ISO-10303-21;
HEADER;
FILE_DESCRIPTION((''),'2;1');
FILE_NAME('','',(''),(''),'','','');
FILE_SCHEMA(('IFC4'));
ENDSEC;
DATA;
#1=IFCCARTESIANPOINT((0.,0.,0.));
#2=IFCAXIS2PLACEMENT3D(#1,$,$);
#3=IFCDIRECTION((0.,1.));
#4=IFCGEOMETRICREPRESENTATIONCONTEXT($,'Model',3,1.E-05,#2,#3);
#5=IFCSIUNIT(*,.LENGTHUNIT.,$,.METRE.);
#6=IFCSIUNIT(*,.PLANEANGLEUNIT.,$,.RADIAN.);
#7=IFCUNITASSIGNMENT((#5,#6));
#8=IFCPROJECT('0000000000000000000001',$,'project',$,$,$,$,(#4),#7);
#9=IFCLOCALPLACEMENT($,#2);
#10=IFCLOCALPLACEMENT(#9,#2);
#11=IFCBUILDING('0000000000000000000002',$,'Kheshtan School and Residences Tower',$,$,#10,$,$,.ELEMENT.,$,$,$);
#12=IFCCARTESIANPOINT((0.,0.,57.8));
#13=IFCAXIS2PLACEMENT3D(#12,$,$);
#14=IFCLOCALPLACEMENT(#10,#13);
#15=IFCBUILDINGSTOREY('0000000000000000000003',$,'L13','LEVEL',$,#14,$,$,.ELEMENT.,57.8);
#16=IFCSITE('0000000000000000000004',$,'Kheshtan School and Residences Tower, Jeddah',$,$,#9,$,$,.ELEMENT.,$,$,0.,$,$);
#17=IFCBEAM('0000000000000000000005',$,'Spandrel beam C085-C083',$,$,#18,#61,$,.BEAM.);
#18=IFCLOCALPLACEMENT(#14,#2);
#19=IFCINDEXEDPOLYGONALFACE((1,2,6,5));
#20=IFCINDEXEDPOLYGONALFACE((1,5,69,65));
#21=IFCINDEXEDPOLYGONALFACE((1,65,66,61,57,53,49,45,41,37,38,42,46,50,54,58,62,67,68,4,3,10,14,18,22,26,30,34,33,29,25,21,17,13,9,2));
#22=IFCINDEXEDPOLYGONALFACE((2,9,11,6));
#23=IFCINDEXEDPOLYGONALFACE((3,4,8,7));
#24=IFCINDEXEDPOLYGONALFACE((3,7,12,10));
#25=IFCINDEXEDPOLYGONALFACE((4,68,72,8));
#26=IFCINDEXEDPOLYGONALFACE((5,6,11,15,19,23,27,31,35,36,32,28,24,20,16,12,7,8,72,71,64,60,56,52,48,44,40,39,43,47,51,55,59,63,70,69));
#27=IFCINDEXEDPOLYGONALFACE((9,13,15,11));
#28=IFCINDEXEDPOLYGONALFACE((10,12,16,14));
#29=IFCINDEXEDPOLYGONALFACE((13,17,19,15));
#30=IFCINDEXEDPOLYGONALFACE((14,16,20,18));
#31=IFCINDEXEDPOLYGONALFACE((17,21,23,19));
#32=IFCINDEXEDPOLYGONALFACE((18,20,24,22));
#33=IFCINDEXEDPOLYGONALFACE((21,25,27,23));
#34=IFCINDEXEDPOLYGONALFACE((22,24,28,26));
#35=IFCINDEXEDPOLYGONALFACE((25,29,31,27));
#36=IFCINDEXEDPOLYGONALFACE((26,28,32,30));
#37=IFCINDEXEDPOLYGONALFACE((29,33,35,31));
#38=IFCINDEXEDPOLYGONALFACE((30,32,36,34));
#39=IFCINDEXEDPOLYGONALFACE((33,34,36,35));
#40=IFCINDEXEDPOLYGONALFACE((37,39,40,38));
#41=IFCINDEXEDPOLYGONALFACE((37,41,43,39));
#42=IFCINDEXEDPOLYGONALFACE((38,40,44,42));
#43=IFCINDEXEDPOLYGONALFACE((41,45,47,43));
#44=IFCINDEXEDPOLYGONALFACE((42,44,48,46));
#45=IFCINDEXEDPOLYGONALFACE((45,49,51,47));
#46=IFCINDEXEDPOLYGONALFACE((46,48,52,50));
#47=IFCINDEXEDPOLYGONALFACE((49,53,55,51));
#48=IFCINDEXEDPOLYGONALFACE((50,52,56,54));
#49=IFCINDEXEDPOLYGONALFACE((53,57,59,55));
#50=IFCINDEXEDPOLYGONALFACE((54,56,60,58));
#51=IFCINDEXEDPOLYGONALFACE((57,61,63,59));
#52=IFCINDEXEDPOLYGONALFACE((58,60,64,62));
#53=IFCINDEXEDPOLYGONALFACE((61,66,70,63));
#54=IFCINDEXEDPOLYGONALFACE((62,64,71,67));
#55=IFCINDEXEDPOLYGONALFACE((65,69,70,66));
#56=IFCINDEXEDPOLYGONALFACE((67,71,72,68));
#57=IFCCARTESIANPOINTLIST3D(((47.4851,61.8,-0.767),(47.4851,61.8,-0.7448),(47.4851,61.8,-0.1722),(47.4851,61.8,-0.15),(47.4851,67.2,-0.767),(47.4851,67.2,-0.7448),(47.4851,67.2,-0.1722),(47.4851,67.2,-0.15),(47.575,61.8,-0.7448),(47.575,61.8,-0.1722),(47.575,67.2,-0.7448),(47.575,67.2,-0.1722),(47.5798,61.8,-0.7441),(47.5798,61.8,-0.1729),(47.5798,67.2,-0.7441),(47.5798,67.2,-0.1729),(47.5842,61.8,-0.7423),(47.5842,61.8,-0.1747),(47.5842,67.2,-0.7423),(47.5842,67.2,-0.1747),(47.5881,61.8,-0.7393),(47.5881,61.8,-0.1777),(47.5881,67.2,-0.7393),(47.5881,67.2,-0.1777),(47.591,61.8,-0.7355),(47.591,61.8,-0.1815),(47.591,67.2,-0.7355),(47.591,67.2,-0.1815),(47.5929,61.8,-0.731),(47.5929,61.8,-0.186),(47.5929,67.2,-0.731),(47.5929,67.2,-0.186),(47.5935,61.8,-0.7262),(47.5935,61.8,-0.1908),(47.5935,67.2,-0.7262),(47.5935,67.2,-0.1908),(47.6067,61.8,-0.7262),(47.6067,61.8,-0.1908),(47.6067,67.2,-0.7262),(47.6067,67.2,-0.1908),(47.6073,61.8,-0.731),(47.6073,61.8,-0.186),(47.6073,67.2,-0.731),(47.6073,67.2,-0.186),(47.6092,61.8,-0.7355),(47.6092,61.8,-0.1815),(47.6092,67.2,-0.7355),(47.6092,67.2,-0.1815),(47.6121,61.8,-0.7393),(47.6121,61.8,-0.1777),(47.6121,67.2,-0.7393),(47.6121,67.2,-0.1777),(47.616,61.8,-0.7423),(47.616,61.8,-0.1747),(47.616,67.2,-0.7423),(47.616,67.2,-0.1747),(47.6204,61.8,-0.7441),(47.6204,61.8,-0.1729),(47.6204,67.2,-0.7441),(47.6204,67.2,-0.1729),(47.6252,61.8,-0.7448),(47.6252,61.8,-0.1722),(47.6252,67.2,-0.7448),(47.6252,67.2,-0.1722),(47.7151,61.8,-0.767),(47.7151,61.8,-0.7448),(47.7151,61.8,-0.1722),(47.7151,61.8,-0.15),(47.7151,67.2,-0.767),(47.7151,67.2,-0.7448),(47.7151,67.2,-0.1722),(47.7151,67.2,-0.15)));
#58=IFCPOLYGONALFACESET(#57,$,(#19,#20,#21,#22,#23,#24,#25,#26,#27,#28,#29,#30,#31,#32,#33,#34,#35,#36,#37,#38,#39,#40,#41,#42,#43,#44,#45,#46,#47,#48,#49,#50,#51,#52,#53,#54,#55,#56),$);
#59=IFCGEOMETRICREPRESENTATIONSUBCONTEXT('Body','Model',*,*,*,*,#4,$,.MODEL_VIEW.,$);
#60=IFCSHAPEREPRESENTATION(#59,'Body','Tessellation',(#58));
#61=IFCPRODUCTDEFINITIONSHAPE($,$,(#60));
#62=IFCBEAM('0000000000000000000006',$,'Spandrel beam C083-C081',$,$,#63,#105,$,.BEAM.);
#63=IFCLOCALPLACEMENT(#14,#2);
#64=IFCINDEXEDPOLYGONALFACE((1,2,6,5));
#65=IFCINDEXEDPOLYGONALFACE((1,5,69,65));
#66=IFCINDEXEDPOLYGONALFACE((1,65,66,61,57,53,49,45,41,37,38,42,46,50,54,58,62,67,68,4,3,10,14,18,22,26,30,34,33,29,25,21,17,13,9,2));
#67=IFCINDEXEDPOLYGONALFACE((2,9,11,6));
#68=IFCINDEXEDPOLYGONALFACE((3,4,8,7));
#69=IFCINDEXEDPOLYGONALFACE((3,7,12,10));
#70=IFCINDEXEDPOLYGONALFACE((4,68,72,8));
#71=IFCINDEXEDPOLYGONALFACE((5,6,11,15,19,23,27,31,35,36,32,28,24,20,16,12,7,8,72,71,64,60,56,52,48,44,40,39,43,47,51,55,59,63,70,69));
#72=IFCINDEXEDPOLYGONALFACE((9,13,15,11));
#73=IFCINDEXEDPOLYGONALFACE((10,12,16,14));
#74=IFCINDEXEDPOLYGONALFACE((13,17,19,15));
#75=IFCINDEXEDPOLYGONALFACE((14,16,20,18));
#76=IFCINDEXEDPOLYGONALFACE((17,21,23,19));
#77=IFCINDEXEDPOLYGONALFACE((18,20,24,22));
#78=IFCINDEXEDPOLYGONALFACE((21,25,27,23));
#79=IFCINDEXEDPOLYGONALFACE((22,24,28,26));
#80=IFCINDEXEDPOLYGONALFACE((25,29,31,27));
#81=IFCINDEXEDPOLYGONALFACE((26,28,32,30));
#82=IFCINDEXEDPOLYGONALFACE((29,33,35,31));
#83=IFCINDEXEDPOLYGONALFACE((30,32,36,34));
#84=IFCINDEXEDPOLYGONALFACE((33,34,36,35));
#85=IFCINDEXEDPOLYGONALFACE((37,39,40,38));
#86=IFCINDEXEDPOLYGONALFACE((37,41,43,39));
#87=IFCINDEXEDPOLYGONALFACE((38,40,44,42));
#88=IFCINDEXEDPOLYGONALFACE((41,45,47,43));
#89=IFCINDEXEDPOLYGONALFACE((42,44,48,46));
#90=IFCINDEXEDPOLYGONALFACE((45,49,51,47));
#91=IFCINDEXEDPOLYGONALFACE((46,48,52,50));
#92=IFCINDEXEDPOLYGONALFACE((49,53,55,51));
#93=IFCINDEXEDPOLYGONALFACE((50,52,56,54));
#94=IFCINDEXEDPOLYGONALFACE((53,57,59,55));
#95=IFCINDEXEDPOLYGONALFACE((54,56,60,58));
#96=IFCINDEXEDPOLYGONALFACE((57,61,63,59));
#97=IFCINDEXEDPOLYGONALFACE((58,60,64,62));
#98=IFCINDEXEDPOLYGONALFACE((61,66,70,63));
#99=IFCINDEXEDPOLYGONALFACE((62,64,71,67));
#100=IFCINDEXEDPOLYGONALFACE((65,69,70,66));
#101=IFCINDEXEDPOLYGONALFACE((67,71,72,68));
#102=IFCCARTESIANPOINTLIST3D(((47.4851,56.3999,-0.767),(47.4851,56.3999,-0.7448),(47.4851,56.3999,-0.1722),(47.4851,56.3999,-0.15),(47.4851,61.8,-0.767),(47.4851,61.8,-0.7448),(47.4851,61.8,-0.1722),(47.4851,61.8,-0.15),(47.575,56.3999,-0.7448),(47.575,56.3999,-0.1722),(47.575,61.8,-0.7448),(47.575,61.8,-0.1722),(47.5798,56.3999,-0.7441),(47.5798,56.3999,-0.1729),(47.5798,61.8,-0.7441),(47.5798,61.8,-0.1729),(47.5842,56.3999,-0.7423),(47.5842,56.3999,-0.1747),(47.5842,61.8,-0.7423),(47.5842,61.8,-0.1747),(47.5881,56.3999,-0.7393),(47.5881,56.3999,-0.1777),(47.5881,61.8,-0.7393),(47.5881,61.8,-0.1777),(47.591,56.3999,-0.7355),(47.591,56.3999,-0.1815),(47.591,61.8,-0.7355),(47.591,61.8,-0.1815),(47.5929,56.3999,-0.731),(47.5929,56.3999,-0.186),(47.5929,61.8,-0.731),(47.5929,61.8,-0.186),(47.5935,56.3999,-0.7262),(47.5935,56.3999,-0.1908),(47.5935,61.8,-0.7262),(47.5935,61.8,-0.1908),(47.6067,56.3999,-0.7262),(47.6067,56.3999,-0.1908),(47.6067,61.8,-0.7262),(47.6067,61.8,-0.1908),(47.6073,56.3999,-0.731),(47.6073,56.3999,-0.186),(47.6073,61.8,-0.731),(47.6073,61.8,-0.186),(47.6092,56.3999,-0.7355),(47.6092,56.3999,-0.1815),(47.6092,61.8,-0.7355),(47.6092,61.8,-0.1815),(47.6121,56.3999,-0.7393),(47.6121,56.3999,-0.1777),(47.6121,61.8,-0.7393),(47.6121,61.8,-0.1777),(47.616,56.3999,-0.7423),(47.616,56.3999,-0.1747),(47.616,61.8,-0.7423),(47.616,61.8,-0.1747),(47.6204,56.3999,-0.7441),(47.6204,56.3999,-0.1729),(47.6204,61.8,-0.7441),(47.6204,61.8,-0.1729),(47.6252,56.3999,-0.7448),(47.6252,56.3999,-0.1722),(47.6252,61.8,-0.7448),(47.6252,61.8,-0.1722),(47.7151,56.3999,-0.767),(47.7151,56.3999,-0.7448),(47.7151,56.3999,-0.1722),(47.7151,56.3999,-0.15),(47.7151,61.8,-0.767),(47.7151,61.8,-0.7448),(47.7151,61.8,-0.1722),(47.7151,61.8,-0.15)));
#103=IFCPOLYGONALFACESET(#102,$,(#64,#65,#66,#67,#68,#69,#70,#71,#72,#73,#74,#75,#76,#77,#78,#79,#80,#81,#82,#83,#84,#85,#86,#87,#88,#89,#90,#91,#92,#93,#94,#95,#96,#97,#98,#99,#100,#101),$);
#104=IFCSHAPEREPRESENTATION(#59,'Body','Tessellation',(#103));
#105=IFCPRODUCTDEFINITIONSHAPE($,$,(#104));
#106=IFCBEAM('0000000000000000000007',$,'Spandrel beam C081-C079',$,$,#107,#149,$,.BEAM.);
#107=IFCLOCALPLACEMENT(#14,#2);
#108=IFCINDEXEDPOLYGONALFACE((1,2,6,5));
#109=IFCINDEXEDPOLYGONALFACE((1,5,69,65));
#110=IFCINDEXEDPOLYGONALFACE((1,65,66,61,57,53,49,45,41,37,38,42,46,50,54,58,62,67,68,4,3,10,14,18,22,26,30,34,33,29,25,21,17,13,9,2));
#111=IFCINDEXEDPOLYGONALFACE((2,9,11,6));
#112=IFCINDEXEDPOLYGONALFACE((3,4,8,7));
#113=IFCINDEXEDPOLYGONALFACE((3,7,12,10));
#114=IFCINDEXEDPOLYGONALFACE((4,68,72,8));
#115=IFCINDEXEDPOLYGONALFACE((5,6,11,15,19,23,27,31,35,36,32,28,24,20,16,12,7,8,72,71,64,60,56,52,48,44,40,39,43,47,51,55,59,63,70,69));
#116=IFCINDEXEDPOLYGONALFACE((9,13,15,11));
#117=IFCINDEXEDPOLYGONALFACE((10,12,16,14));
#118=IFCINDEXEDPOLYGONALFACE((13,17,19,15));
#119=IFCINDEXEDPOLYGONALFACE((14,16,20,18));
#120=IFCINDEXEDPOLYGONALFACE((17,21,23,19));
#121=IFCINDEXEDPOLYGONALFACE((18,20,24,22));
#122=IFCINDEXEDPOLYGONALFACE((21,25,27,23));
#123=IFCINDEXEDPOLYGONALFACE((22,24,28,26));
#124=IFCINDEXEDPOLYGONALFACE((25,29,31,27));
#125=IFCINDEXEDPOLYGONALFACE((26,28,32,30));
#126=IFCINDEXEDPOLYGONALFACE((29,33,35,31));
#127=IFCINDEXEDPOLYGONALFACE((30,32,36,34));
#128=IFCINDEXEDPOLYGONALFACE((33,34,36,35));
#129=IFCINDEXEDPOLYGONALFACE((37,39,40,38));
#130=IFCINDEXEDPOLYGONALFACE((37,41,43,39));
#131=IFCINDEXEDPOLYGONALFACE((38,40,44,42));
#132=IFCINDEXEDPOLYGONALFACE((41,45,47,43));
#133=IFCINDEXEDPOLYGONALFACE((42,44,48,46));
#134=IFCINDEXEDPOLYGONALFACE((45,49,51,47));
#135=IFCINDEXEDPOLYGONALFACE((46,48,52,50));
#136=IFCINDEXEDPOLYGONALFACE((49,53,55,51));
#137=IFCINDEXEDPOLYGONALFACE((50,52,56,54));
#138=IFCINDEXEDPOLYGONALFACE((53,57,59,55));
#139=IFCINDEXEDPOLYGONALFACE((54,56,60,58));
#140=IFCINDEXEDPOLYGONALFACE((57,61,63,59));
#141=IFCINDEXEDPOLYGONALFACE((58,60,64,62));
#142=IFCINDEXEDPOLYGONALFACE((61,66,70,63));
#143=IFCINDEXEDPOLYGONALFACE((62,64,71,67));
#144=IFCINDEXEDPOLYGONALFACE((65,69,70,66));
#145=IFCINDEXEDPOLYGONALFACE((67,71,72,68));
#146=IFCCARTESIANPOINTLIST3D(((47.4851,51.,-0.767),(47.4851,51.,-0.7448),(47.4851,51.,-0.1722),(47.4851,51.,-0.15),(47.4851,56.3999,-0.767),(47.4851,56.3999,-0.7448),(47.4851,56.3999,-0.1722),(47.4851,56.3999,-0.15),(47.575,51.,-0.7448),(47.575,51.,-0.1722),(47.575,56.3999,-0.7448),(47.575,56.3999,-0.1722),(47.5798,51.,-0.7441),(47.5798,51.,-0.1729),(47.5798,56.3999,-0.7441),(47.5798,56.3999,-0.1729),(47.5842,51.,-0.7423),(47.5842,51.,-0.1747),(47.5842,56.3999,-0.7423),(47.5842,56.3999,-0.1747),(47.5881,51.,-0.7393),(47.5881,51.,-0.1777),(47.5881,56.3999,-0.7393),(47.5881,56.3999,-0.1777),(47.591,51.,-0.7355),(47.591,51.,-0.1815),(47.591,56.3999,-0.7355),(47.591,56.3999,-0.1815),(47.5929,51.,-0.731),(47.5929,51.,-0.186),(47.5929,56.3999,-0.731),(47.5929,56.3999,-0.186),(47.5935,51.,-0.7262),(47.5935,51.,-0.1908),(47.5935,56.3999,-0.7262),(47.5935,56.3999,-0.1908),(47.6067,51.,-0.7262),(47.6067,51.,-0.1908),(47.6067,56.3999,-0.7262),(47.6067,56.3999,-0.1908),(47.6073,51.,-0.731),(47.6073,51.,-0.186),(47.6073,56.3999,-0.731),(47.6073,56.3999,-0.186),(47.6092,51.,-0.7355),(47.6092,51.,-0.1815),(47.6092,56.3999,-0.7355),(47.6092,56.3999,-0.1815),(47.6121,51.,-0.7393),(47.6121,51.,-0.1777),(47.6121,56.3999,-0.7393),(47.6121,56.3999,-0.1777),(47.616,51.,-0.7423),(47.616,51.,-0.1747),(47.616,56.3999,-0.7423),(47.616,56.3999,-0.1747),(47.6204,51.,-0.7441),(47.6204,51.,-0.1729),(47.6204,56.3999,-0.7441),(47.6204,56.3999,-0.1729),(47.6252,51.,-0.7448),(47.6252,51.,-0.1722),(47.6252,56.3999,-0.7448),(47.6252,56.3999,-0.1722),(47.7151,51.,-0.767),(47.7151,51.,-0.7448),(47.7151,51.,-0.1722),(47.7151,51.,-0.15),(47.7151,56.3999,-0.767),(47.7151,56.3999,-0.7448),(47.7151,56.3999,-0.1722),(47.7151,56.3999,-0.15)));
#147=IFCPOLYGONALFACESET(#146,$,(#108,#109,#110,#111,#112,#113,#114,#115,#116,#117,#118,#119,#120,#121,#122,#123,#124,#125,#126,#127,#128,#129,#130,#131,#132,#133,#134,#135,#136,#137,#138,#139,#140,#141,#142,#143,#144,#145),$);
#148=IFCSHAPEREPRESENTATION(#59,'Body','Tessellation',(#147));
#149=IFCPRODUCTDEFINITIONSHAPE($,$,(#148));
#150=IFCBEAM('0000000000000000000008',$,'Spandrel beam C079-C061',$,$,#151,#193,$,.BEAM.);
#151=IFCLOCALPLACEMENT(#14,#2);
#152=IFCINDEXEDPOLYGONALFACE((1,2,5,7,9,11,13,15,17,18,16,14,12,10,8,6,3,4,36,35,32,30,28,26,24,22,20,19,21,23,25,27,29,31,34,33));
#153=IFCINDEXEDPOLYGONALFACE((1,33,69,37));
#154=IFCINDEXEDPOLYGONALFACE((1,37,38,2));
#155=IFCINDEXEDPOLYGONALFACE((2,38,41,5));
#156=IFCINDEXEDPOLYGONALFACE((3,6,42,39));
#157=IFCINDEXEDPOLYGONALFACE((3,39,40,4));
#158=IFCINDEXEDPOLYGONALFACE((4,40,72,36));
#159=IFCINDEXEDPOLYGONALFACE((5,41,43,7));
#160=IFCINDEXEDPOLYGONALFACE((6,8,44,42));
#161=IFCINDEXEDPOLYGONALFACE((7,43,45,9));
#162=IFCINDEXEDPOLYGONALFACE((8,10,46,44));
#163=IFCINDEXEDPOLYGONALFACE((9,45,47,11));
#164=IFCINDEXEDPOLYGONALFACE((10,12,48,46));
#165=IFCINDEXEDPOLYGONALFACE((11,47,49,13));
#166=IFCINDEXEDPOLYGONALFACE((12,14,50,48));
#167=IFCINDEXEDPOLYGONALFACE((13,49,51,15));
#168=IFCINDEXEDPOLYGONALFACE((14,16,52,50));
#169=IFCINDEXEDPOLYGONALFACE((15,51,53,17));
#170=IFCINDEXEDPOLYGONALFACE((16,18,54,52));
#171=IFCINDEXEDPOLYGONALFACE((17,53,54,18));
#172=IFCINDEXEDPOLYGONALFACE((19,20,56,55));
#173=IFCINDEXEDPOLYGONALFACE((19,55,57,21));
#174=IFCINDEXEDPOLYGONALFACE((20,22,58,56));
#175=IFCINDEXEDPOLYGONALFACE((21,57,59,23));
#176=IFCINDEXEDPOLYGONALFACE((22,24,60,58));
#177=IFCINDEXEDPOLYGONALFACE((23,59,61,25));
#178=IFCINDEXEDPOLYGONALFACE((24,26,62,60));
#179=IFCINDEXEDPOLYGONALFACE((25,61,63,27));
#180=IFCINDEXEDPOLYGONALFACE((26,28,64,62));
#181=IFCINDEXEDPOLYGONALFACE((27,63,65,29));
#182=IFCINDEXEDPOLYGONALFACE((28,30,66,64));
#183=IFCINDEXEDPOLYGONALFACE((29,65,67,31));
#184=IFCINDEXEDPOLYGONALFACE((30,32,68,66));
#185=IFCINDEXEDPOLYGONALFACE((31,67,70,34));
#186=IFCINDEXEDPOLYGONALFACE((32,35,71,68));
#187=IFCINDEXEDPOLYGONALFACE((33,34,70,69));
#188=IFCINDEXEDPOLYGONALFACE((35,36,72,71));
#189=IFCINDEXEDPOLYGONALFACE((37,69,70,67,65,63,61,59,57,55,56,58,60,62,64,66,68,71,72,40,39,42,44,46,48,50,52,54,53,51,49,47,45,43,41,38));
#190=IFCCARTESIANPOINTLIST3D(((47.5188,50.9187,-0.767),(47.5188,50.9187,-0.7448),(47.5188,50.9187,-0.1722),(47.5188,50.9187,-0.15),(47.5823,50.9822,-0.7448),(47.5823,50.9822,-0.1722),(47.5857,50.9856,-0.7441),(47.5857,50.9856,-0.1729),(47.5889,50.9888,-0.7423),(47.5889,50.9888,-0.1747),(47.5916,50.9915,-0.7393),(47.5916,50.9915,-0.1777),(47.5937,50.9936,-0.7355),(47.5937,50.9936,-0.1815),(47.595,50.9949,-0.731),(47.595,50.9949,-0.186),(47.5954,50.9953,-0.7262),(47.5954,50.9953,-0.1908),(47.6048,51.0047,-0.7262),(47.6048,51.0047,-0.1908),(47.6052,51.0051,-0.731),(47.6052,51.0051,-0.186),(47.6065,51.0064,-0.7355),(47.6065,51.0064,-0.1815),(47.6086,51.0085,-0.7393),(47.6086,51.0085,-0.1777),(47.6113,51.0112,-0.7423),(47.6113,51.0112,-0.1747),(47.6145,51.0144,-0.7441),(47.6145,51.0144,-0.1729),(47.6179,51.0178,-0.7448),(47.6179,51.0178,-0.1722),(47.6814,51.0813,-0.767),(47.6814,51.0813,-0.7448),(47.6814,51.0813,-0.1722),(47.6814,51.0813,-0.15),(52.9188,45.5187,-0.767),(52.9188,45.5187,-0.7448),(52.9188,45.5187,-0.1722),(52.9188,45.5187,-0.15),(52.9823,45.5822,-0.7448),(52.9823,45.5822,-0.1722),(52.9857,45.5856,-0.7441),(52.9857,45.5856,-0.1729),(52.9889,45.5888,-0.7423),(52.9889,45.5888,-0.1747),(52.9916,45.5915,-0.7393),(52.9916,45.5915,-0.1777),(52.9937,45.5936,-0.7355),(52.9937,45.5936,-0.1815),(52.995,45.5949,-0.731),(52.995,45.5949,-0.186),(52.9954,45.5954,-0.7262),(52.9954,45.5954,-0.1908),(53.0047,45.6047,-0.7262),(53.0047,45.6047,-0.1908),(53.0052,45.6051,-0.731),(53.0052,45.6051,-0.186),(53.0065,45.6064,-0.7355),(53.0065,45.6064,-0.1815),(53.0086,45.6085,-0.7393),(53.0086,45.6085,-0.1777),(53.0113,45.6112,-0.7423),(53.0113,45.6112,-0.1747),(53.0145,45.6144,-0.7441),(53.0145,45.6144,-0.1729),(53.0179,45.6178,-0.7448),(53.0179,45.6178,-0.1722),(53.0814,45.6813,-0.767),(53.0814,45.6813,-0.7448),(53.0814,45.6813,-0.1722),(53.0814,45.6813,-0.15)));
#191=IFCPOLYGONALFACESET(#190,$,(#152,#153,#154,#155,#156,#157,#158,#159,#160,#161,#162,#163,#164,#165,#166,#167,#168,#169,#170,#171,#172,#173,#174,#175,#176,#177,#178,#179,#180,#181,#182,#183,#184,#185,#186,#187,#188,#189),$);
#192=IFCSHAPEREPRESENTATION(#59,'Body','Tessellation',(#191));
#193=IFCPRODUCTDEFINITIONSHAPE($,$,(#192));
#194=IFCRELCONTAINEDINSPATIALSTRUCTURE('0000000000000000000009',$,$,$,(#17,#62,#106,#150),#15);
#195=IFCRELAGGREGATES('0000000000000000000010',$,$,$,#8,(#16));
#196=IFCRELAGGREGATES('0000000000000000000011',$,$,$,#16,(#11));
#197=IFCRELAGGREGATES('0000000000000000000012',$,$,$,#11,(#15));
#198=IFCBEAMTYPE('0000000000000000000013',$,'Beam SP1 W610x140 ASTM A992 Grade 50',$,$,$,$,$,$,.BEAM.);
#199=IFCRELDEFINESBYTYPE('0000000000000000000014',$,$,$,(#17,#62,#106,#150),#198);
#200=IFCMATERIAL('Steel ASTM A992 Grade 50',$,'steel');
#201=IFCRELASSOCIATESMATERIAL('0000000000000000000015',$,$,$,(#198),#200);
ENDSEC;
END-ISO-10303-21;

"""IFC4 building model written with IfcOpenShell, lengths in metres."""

from ifc_helpers import new_model, si_unit, direction, frame, origin, origin_2d, place, context, subcontext, project, spatial, i_section, extrude, material, material_profile, profile_set, type_object, element, save


model = new_model("IFC4")

# Units and contexts
model_context = context("Model", 3, precision=1e-05, world=origin(), true_north=direction((0.0, 1.0)))
body_context = subcontext(model_context, "Body", "Model", "MODEL_VIEW")
ifc_project = project(units=[si_unit("LENGTHUNIT", "METRE"), si_unit("PLANEANGLEUNIT", "RADIAN")], contexts=[model_context])

# Site, building, storey
site_placement = place(None, origin())
site = spatial("IfcSite", under=ifc_project, at=site_placement, Name="Kheshtan School and Residences Tower, Jeddah", CompositionType="ELEMENT", RefElevation=0.0)
building_placement = place(site_placement, origin())
building = spatial("IfcBuilding", under=site, at=building_placement, Name="Kheshtan School and Residences Tower", CompositionType="ELEMENT")
storey_placement = place(building_placement, frame((0.0, 0.0, 57.8)))
storey = spatial("IfcBuildingStorey", under=building, at=storey_placement, Name="L13", Description="LEVEL", CompositionType="ELEMENT", Elevation=57.8)

# Shared definitions
ifc_material = material(Name="Steel ASTM A992 Grade 50", Category="steel")

# Beams
ifc_material_profile_1 = material_profile(ifc_material, i_section(OverallWidth=0.23, OverallDepth=0.6169, WebThickness=0.0132, FlangeThickness=0.0222, FilletRadius=0.0186, at=origin_2d()), Name="W610x140")
ifc_profile_set_1 = profile_set([ifc_material_profile_1], Name="Steel ASTM A992 Grade 50")
beam_type_1 = type_object("IfcBeamType", Name="Beam SP1 W610x140 ASTM A992 Grade 50", PredefinedType="BEAM", material=ifc_profile_set_1)
beam_1_placement = place(storey_placement, frame((47.6001, 67.2, -0.4585), z_axis=(0.0, -1.0, 0.0), x_axis=(1.0, 0.0, 0.0)))
element("IfcBeam", 1, at=beam_1_placement, inside=storey, type_object=beam_type_1, Name="Spandrel beam C085-C083", PredefinedType="BEAM", context=body_context, shape_type="SweptSolid", body=[
    extrude(i_section(OverallWidth=0.23, OverallDepth=0.6169, WebThickness=0.0132, FlangeThickness=0.0222, FilletRadius=0.0186, at=origin_2d()), origin(), (0.0, 0.0, 1.0), 5.3999),
])
beam_2_placement = place(storey_placement, frame((47.6001, 61.8, -0.4585), z_axis=(0.0, -1.0, 0.0), x_axis=(1.0, 0.0, 0.0)))
element("IfcBeam", 2, at=beam_2_placement, inside=storey, type_object=beam_type_1, Name="Spandrel beam C083-C081", PredefinedType="BEAM", context=body_context, shape_type="SweptSolid", body=[
    extrude(i_section(OverallWidth=0.23, OverallDepth=0.6169, WebThickness=0.0132, FlangeThickness=0.0222, FilletRadius=0.0186, at=origin_2d()), origin(), (0.0, 0.0, 1.0), 5.4001),
])
beam_3_placement = place(storey_placement, frame((47.6001, 56.3999, -0.4585), z_axis=(0.0, -1.0, 0.0), x_axis=(1.0, 0.0, 0.0)))
element("IfcBeam", 3, at=beam_3_placement, inside=storey, type_object=beam_type_1, Name="Spandrel beam C081-C079", PredefinedType="BEAM", context=body_context, shape_type="SweptSolid", body=[
    extrude(i_section(OverallWidth=0.23, OverallDepth=0.6169, WebThickness=0.0132, FlangeThickness=0.0222, FilletRadius=0.0186, at=origin_2d()), origin(), (0.0, 0.0, 1.0), 5.3999),
])
beam_4_placement = place(storey_placement, frame((47.6001, 51.0, -0.4585), z_axis=(0.707107, -0.707107, 0.0), x_axis=(0.707107, 0.707107, 0.0)))
element("IfcBeam", 4, at=beam_4_placement, inside=storey, type_object=beam_type_1, Name="Spandrel beam C079-C061", PredefinedType="BEAM", context=body_context, shape_type="SweptSolid", body=[
    extrude(i_section(OverallWidth=0.23, OverallDepth=0.6169, WebThickness=0.0132, FlangeThickness=0.0222, FilletRadius=0.0186, at=origin_2d()), origin(), (0.0, 0.0, 1.0), 7.6367),
])

save(model, "model.ifc")
